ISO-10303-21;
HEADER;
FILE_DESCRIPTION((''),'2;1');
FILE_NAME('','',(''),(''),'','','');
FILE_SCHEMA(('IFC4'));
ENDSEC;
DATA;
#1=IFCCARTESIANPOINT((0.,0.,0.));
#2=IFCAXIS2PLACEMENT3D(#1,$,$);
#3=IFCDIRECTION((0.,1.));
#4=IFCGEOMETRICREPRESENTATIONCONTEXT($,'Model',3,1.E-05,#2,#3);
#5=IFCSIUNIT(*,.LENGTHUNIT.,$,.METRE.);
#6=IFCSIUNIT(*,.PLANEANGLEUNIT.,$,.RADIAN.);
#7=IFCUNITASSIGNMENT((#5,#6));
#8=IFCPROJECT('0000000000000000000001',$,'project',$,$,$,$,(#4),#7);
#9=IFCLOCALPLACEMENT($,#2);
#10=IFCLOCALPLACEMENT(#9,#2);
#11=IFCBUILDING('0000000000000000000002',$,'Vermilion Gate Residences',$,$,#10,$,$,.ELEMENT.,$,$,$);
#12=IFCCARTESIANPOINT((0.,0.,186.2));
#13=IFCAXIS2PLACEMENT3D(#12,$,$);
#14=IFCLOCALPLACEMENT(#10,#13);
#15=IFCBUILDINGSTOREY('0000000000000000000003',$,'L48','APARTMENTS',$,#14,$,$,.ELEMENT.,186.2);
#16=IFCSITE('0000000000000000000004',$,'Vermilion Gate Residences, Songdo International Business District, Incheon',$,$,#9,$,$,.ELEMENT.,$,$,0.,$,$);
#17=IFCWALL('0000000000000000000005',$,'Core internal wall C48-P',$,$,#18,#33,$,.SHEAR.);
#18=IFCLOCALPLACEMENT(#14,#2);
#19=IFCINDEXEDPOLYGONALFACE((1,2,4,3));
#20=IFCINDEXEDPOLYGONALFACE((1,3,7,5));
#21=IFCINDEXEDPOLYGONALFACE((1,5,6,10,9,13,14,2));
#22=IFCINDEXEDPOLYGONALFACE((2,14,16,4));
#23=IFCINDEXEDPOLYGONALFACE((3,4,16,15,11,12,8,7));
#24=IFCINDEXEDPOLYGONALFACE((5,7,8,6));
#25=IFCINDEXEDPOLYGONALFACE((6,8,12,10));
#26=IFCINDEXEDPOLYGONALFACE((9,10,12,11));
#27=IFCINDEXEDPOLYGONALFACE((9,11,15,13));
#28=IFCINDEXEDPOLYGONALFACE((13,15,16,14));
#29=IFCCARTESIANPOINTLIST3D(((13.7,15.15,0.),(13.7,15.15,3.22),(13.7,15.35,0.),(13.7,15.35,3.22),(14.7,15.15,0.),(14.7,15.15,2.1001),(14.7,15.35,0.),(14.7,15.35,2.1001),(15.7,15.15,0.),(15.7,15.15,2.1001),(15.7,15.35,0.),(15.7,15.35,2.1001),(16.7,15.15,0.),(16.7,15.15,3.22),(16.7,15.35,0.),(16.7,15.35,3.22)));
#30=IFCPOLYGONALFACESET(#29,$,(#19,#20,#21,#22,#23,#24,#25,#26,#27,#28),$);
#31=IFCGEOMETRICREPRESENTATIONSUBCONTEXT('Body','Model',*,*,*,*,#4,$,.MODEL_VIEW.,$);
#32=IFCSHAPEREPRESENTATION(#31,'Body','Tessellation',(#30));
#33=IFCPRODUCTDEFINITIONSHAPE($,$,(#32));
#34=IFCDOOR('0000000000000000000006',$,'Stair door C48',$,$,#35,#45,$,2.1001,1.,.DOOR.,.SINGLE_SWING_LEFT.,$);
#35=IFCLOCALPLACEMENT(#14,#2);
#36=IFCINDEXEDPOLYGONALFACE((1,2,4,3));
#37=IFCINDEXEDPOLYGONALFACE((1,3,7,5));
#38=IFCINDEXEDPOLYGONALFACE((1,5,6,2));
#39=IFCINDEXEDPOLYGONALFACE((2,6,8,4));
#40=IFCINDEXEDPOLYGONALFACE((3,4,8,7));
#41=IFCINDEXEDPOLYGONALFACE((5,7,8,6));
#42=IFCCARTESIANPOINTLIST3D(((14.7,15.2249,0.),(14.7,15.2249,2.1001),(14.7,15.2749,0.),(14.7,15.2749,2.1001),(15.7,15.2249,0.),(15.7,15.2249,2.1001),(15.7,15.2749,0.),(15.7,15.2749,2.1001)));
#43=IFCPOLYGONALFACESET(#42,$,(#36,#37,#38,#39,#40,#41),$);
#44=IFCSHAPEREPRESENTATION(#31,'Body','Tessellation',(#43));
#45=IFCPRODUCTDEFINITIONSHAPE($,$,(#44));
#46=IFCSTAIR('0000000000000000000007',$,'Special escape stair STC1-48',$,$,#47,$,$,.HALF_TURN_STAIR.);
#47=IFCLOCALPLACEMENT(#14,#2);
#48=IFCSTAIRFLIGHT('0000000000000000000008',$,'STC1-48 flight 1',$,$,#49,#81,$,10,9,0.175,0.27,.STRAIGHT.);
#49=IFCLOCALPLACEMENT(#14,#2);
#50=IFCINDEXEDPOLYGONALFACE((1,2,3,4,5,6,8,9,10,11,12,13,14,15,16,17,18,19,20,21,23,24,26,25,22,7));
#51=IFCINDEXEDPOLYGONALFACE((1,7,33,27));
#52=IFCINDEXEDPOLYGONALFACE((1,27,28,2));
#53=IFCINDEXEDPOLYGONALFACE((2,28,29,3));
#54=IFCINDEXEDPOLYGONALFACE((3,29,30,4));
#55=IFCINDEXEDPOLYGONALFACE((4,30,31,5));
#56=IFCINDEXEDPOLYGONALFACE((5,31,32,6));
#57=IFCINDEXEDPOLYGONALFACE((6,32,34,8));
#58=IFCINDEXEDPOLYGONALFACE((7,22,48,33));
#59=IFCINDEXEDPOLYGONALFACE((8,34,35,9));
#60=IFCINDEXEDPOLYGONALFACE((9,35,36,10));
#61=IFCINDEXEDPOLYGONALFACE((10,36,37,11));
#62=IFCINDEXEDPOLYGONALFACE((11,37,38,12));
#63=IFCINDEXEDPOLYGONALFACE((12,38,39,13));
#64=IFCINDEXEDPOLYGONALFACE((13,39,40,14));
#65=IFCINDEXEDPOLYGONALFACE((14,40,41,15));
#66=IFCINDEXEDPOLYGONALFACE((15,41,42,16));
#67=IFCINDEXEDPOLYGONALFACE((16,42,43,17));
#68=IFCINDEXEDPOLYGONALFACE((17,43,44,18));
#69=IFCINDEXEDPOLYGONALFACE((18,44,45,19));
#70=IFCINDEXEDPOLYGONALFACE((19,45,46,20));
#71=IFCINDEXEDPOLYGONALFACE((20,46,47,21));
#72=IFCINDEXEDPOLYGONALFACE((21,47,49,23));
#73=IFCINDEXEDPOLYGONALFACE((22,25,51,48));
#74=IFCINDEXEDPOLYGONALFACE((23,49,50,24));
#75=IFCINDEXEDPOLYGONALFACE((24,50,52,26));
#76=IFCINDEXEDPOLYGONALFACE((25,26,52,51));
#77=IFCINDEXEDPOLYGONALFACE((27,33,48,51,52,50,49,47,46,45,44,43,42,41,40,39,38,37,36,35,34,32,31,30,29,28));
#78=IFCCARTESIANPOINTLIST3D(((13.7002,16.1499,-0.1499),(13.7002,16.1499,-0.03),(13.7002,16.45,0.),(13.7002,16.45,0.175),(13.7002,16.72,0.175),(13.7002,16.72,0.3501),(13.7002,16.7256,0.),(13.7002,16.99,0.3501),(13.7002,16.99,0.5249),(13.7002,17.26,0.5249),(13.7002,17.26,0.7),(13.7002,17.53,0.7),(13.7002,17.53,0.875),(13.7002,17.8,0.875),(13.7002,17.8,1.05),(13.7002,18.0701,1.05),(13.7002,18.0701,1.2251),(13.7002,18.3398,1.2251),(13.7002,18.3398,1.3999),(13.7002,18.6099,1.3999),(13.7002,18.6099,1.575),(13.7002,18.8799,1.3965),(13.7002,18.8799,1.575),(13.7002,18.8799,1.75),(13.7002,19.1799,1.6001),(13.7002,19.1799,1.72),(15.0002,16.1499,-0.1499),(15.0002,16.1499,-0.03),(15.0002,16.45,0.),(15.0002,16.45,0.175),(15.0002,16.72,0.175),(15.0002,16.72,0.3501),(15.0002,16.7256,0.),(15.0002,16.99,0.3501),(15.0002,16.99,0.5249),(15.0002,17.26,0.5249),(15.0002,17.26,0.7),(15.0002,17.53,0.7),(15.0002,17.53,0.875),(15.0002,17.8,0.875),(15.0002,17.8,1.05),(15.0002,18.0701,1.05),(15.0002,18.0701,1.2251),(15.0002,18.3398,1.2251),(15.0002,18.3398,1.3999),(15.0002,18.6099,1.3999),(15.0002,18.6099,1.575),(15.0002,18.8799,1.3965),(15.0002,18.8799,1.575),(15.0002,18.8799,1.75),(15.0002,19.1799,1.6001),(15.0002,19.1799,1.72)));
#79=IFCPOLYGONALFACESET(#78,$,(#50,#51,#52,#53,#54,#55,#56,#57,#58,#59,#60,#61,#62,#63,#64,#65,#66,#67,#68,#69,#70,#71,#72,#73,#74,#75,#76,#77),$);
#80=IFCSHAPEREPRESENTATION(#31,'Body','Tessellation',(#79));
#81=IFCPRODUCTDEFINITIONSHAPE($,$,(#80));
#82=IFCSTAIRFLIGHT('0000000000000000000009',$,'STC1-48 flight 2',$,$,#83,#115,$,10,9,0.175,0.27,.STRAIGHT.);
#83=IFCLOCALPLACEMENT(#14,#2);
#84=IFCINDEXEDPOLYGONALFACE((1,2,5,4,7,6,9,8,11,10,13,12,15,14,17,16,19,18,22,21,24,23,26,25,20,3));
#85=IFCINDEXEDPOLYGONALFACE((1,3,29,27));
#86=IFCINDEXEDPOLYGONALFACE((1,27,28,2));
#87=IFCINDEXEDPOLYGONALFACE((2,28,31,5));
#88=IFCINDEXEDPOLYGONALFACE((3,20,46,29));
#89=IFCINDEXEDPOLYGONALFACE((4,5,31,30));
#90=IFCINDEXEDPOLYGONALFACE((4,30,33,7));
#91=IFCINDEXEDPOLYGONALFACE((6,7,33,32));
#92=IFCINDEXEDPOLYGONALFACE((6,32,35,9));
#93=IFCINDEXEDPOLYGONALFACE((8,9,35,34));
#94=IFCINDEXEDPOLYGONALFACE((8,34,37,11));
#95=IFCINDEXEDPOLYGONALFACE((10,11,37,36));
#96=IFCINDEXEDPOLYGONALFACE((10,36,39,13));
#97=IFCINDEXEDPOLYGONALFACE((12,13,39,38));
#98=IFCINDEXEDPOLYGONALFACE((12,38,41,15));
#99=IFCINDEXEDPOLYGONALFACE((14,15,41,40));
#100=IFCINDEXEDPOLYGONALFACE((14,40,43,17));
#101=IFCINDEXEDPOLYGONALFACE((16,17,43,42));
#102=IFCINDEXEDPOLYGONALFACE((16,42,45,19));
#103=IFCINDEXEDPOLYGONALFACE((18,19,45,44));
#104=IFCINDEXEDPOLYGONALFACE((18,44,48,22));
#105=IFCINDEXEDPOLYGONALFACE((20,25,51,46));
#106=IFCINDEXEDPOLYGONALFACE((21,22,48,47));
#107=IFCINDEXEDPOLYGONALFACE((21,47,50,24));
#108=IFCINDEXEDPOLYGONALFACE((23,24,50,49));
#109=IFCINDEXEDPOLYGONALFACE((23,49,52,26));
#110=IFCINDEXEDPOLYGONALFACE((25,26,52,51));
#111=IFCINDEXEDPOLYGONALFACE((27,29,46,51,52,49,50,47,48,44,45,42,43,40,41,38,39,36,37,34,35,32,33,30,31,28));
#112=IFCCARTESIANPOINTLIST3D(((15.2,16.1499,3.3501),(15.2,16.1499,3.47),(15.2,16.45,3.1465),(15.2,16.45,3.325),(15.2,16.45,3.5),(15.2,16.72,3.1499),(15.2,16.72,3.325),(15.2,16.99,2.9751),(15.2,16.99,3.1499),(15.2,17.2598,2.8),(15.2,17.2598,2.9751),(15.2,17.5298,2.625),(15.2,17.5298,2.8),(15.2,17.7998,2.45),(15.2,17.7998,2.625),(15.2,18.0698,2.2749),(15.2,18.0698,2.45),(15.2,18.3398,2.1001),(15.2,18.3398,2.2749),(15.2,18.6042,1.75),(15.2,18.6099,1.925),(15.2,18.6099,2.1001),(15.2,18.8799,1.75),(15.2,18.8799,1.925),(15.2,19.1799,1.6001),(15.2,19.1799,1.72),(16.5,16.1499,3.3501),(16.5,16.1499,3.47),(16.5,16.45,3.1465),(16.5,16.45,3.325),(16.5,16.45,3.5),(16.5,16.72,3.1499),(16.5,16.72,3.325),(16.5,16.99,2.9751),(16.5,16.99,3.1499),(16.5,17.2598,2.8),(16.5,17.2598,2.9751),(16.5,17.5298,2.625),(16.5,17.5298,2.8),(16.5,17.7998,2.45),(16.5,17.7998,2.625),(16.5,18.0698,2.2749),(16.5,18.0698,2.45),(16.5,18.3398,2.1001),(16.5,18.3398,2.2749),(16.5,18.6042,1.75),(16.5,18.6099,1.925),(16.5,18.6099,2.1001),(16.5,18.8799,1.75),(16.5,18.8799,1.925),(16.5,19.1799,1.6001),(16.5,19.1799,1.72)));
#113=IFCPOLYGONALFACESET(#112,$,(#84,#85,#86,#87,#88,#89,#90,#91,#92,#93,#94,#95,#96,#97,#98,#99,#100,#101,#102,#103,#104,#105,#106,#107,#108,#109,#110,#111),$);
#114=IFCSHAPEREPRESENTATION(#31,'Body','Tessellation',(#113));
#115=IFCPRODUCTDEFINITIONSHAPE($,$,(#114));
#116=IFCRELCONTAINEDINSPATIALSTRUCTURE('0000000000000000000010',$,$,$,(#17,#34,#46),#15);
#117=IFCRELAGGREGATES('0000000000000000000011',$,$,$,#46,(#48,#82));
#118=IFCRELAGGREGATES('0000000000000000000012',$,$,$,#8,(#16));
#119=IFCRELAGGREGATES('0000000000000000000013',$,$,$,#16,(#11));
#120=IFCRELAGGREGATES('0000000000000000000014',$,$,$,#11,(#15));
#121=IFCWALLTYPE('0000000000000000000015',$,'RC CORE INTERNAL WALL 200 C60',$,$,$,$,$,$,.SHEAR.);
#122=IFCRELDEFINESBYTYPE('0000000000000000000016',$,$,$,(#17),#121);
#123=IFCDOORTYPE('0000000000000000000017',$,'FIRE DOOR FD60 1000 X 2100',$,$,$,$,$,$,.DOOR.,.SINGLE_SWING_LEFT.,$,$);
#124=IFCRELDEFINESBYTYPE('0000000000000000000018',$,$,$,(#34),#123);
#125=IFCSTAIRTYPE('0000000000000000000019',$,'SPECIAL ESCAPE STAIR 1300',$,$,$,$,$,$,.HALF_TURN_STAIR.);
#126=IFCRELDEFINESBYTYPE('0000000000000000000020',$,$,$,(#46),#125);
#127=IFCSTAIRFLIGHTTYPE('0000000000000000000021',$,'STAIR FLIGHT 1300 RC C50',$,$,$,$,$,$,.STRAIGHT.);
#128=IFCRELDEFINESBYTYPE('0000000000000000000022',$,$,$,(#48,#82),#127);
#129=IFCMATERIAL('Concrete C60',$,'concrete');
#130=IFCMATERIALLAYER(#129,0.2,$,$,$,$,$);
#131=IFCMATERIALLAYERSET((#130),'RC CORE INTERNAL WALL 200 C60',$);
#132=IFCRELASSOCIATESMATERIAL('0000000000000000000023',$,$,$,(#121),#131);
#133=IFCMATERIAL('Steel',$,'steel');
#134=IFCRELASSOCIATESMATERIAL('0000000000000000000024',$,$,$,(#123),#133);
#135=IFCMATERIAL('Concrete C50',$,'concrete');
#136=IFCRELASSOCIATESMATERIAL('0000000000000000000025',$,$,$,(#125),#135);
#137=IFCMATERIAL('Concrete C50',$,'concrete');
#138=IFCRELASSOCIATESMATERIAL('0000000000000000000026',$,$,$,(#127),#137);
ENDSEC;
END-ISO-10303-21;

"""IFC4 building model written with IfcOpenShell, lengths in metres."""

from ifc_helpers import new_model, si_unit, direction, frame, frame_2d, origin, place, context, subcontext, project, spatial, polyline, rectangle, outline, extrude, material, layer, layer_set, type_object, element, fill, aggregate, save


model = new_model("IFC4")

# Units and contexts
model_context = context("Model", 3, precision=1e-05, world=origin(), true_north=direction((0.0, 1.0)))
body_context = subcontext(model_context, "Body", "Model", "MODEL_VIEW")
ifc_project = project(units=[si_unit("LENGTHUNIT", "METRE"), si_unit("PLANEANGLEUNIT", "RADIAN")], contexts=[model_context])

# Site, building, storey
site_placement = place(None, origin())
site = spatial("IfcSite", under=ifc_project, at=site_placement, Name="Vermilion Gate Residences, Songdo International Business District, Incheon", CompositionType="ELEMENT", RefElevation=0.0)
building_placement = place(site_placement, origin())
building = spatial("IfcBuilding", under=site, at=building_placement, Name="Vermilion Gate Residences", CompositionType="ELEMENT")
storey_placement = place(building_placement, frame((0.0, 0.0, 186.2)))
storey = spatial("IfcBuildingStorey", under=building, at=storey_placement, Name="L48", Description="APARTMENTS", CompositionType="ELEMENT", Elevation=186.2)

# Wall, opening, door
ifc_material_1 = material(Name="Concrete C60", Category="concrete")
ifc_layer_1 = layer(ifc_material_1, 0.2)
ifc_layer_set_1 = layer_set([ifc_layer_1], Name="RC CORE INTERNAL WALL 200 C60")
wall_type_1 = type_object("IfcWallType", Name="RC CORE INTERNAL WALL 200 C60", PredefinedType="SHEAR", material=ifc_layer_set_1)
ifc_material_2 = material(Name="Steel", Category="steel")
door_type_1 = type_object("IfcDoorType", Name="FIRE DOOR FD60 1000 X 2100", OperationType="SINGLE_SWING_LEFT", PredefinedType="DOOR", material=ifc_material_2)
wall_1_placement = place(storey_placement, frame((13.7, 15.25, 0.0), z_axis=(0.0, 0.0, 1.0), x_axis=(1.0, 0.0, 0.0)))
wall_1 = element("IfcWall", 1, at=wall_1_placement, inside=storey, type_object=wall_type_1, Name="Core internal wall C48-P", PredefinedType="SHEAR", context=body_context, shape_type="SweptSolid", body=[
    extrude(rectangle(XDim=3.0, YDim=0.2, at=frame_2d((1.5, 0.0))), origin(), (0.0, 0.0, 1.0), 3.22),
])
opening_1_placement = place(wall_1_placement, frame((1.0, 0.0, 0.0)))
opening_1 = element("IfcOpeningElement", 2, at=opening_1_placement, cuts=wall_1, PredefinedType="OPENING", context=body_context, shape_type="SweptSolid", body=[
    extrude(rectangle(XDim=1.0, YDim=2.1001, at=frame_2d((0.5, 1.05))), frame((0.0, 0.1099, 0.0), z_axis=(0.0, -1.0, 0.0), x_axis=(1.0, 0.0, 0.0)), (0.0, 0.0, 1.0), 0.22),
])
door_1_placement = place(opening_1_placement, origin())
door_1 = element("IfcDoor", 3, at=door_1_placement, inside=storey, type_object=door_type_1, Name="Stair door C48", OperationType="SINGLE_SWING_LEFT", OverallHeight=2.1001, OverallWidth=1.0, PredefinedType="DOOR", context=body_context, shape_type="SweptSolid", body=[
    extrude(rectangle(XDim=1.0, YDim=2.1001, at=frame_2d((0.5, 1.05))), frame((0.0, 0.0249, 0.0), z_axis=(0.0, -1.0, 0.0), x_axis=(1.0, 0.0, 0.0)), (0.0, 0.0, 1.0), 0.05),
])
fill(opening_1, door_1)

# Stair, stair flights
ifc_material_3 = material(Name="Concrete C50", Category="concrete")
stair_type = type_object("IfcStairType", Name="SPECIAL ESCAPE STAIR 1300", PredefinedType="HALF_TURN_STAIR", material=ifc_material_3)
stair_placement = place(storey_placement, origin())
stair = element("IfcStair", 4, at=stair_placement, inside=storey, type_object=stair_type, Name="Special escape stair STC1-48", PredefinedType="HALF_TURN_STAIR")
ifc_material_4 = material(Name="Concrete C50", Category="concrete")
stair_flight_type = type_object("IfcStairFlightType", Name="STAIR FLIGHT 1300 RC C50", PredefinedType="STRAIGHT", material=ifc_material_4)
stair_flight_1_placement = place(storey_placement, frame((14.3501, 16.45, 0.0), z_axis=(0.0, 0.0, 1.0), x_axis=(0.0, 1.0, 0.0)))
stair_flight_1 = element("IfcStairFlight", 5, at=stair_flight_1_placement, type_object=stair_flight_type, Name="STC1-48 flight 1", NumberOfRisers=10, NumberOfTreads=9, PredefinedType="STRAIGHT", RiserHeight=0.175, TreadLength=0.27, context=body_context, shape_type="SweptSolid", body=[
    extrude(outline(polyline([(-0.3, -0.1499), (-0.3, -0.03), (0.0, 0.0), (0.0, 0.175), (0.27, 0.175), (0.27, 0.3501), (0.54, 0.3501), (0.54, 0.5249), (0.8101, 0.5249), (0.8101, 0.7), (1.0801, 0.7), (1.0801, 0.875), (1.3501, 0.875), (1.3501, 1.05), (1.6201, 1.05), (1.6201, 1.2251), (1.8899, 1.2251), (1.8899, 1.3999), (2.1599, 1.3999), (2.1599, 1.575), (2.4299, 1.575), (2.4299, 1.75), (2.73, 1.72), (2.73, 1.6001), (2.4299, 1.3965), (0.2756, 0.0), (-0.3, -0.1499)])), frame((0.0, 0.6499, 0.0), z_axis=(0.0, -1.0, 0.0), x_axis=(1.0, 0.0, 0.0)), (0.0, 0.0, 1.0), 1.3),
])
stair_flight_2_placement = place(storey_placement, frame((15.8501, 18.8799, 1.75), z_axis=(0.0, 0.0, 1.0), x_axis=(0.0, -1.0, 0.0)))
stair_flight_2 = element("IfcStairFlight", 6, at=stair_flight_2_placement, type_object=stair_flight_type, Name="STC1-48 flight 2", NumberOfRisers=10, NumberOfTreads=9, PredefinedType="STRAIGHT", RiserHeight=0.175, TreadLength=0.27, context=body_context, shape_type="SweptSolid", body=[
    extrude(outline(polyline([(-0.3, -0.1499), (-0.3, -0.03), (0.0, 0.0), (0.0, 0.175), (0.27, 0.175), (0.27, 0.3501), (0.54, 0.3501), (0.54, 0.5249), (0.8101, 0.5249), (0.8101, 0.7), (1.0801, 0.7), (1.0801, 0.875), (1.3501, 0.875), (1.3501, 1.05), (1.6201, 1.05), (1.6201, 1.2251), (1.8899, 1.2251), (1.8899, 1.3999), (2.1599, 1.3999), (2.1599, 1.575), (2.4299, 1.575), (2.4299, 1.75), (2.73, 1.72), (2.73, 1.6001), (2.4299, 1.3965), (0.2756, 0.0), (-0.3, -0.1499)])), frame((0.0, 0.6499, 0.0), z_axis=(0.0, -1.0, 0.0), x_axis=(1.0, 0.0, 0.0)), (0.0, 0.0, 1.0), 1.3),
])
aggregate(stair, [stair_flight_1, stair_flight_2])

save(model, "model.ifc")
